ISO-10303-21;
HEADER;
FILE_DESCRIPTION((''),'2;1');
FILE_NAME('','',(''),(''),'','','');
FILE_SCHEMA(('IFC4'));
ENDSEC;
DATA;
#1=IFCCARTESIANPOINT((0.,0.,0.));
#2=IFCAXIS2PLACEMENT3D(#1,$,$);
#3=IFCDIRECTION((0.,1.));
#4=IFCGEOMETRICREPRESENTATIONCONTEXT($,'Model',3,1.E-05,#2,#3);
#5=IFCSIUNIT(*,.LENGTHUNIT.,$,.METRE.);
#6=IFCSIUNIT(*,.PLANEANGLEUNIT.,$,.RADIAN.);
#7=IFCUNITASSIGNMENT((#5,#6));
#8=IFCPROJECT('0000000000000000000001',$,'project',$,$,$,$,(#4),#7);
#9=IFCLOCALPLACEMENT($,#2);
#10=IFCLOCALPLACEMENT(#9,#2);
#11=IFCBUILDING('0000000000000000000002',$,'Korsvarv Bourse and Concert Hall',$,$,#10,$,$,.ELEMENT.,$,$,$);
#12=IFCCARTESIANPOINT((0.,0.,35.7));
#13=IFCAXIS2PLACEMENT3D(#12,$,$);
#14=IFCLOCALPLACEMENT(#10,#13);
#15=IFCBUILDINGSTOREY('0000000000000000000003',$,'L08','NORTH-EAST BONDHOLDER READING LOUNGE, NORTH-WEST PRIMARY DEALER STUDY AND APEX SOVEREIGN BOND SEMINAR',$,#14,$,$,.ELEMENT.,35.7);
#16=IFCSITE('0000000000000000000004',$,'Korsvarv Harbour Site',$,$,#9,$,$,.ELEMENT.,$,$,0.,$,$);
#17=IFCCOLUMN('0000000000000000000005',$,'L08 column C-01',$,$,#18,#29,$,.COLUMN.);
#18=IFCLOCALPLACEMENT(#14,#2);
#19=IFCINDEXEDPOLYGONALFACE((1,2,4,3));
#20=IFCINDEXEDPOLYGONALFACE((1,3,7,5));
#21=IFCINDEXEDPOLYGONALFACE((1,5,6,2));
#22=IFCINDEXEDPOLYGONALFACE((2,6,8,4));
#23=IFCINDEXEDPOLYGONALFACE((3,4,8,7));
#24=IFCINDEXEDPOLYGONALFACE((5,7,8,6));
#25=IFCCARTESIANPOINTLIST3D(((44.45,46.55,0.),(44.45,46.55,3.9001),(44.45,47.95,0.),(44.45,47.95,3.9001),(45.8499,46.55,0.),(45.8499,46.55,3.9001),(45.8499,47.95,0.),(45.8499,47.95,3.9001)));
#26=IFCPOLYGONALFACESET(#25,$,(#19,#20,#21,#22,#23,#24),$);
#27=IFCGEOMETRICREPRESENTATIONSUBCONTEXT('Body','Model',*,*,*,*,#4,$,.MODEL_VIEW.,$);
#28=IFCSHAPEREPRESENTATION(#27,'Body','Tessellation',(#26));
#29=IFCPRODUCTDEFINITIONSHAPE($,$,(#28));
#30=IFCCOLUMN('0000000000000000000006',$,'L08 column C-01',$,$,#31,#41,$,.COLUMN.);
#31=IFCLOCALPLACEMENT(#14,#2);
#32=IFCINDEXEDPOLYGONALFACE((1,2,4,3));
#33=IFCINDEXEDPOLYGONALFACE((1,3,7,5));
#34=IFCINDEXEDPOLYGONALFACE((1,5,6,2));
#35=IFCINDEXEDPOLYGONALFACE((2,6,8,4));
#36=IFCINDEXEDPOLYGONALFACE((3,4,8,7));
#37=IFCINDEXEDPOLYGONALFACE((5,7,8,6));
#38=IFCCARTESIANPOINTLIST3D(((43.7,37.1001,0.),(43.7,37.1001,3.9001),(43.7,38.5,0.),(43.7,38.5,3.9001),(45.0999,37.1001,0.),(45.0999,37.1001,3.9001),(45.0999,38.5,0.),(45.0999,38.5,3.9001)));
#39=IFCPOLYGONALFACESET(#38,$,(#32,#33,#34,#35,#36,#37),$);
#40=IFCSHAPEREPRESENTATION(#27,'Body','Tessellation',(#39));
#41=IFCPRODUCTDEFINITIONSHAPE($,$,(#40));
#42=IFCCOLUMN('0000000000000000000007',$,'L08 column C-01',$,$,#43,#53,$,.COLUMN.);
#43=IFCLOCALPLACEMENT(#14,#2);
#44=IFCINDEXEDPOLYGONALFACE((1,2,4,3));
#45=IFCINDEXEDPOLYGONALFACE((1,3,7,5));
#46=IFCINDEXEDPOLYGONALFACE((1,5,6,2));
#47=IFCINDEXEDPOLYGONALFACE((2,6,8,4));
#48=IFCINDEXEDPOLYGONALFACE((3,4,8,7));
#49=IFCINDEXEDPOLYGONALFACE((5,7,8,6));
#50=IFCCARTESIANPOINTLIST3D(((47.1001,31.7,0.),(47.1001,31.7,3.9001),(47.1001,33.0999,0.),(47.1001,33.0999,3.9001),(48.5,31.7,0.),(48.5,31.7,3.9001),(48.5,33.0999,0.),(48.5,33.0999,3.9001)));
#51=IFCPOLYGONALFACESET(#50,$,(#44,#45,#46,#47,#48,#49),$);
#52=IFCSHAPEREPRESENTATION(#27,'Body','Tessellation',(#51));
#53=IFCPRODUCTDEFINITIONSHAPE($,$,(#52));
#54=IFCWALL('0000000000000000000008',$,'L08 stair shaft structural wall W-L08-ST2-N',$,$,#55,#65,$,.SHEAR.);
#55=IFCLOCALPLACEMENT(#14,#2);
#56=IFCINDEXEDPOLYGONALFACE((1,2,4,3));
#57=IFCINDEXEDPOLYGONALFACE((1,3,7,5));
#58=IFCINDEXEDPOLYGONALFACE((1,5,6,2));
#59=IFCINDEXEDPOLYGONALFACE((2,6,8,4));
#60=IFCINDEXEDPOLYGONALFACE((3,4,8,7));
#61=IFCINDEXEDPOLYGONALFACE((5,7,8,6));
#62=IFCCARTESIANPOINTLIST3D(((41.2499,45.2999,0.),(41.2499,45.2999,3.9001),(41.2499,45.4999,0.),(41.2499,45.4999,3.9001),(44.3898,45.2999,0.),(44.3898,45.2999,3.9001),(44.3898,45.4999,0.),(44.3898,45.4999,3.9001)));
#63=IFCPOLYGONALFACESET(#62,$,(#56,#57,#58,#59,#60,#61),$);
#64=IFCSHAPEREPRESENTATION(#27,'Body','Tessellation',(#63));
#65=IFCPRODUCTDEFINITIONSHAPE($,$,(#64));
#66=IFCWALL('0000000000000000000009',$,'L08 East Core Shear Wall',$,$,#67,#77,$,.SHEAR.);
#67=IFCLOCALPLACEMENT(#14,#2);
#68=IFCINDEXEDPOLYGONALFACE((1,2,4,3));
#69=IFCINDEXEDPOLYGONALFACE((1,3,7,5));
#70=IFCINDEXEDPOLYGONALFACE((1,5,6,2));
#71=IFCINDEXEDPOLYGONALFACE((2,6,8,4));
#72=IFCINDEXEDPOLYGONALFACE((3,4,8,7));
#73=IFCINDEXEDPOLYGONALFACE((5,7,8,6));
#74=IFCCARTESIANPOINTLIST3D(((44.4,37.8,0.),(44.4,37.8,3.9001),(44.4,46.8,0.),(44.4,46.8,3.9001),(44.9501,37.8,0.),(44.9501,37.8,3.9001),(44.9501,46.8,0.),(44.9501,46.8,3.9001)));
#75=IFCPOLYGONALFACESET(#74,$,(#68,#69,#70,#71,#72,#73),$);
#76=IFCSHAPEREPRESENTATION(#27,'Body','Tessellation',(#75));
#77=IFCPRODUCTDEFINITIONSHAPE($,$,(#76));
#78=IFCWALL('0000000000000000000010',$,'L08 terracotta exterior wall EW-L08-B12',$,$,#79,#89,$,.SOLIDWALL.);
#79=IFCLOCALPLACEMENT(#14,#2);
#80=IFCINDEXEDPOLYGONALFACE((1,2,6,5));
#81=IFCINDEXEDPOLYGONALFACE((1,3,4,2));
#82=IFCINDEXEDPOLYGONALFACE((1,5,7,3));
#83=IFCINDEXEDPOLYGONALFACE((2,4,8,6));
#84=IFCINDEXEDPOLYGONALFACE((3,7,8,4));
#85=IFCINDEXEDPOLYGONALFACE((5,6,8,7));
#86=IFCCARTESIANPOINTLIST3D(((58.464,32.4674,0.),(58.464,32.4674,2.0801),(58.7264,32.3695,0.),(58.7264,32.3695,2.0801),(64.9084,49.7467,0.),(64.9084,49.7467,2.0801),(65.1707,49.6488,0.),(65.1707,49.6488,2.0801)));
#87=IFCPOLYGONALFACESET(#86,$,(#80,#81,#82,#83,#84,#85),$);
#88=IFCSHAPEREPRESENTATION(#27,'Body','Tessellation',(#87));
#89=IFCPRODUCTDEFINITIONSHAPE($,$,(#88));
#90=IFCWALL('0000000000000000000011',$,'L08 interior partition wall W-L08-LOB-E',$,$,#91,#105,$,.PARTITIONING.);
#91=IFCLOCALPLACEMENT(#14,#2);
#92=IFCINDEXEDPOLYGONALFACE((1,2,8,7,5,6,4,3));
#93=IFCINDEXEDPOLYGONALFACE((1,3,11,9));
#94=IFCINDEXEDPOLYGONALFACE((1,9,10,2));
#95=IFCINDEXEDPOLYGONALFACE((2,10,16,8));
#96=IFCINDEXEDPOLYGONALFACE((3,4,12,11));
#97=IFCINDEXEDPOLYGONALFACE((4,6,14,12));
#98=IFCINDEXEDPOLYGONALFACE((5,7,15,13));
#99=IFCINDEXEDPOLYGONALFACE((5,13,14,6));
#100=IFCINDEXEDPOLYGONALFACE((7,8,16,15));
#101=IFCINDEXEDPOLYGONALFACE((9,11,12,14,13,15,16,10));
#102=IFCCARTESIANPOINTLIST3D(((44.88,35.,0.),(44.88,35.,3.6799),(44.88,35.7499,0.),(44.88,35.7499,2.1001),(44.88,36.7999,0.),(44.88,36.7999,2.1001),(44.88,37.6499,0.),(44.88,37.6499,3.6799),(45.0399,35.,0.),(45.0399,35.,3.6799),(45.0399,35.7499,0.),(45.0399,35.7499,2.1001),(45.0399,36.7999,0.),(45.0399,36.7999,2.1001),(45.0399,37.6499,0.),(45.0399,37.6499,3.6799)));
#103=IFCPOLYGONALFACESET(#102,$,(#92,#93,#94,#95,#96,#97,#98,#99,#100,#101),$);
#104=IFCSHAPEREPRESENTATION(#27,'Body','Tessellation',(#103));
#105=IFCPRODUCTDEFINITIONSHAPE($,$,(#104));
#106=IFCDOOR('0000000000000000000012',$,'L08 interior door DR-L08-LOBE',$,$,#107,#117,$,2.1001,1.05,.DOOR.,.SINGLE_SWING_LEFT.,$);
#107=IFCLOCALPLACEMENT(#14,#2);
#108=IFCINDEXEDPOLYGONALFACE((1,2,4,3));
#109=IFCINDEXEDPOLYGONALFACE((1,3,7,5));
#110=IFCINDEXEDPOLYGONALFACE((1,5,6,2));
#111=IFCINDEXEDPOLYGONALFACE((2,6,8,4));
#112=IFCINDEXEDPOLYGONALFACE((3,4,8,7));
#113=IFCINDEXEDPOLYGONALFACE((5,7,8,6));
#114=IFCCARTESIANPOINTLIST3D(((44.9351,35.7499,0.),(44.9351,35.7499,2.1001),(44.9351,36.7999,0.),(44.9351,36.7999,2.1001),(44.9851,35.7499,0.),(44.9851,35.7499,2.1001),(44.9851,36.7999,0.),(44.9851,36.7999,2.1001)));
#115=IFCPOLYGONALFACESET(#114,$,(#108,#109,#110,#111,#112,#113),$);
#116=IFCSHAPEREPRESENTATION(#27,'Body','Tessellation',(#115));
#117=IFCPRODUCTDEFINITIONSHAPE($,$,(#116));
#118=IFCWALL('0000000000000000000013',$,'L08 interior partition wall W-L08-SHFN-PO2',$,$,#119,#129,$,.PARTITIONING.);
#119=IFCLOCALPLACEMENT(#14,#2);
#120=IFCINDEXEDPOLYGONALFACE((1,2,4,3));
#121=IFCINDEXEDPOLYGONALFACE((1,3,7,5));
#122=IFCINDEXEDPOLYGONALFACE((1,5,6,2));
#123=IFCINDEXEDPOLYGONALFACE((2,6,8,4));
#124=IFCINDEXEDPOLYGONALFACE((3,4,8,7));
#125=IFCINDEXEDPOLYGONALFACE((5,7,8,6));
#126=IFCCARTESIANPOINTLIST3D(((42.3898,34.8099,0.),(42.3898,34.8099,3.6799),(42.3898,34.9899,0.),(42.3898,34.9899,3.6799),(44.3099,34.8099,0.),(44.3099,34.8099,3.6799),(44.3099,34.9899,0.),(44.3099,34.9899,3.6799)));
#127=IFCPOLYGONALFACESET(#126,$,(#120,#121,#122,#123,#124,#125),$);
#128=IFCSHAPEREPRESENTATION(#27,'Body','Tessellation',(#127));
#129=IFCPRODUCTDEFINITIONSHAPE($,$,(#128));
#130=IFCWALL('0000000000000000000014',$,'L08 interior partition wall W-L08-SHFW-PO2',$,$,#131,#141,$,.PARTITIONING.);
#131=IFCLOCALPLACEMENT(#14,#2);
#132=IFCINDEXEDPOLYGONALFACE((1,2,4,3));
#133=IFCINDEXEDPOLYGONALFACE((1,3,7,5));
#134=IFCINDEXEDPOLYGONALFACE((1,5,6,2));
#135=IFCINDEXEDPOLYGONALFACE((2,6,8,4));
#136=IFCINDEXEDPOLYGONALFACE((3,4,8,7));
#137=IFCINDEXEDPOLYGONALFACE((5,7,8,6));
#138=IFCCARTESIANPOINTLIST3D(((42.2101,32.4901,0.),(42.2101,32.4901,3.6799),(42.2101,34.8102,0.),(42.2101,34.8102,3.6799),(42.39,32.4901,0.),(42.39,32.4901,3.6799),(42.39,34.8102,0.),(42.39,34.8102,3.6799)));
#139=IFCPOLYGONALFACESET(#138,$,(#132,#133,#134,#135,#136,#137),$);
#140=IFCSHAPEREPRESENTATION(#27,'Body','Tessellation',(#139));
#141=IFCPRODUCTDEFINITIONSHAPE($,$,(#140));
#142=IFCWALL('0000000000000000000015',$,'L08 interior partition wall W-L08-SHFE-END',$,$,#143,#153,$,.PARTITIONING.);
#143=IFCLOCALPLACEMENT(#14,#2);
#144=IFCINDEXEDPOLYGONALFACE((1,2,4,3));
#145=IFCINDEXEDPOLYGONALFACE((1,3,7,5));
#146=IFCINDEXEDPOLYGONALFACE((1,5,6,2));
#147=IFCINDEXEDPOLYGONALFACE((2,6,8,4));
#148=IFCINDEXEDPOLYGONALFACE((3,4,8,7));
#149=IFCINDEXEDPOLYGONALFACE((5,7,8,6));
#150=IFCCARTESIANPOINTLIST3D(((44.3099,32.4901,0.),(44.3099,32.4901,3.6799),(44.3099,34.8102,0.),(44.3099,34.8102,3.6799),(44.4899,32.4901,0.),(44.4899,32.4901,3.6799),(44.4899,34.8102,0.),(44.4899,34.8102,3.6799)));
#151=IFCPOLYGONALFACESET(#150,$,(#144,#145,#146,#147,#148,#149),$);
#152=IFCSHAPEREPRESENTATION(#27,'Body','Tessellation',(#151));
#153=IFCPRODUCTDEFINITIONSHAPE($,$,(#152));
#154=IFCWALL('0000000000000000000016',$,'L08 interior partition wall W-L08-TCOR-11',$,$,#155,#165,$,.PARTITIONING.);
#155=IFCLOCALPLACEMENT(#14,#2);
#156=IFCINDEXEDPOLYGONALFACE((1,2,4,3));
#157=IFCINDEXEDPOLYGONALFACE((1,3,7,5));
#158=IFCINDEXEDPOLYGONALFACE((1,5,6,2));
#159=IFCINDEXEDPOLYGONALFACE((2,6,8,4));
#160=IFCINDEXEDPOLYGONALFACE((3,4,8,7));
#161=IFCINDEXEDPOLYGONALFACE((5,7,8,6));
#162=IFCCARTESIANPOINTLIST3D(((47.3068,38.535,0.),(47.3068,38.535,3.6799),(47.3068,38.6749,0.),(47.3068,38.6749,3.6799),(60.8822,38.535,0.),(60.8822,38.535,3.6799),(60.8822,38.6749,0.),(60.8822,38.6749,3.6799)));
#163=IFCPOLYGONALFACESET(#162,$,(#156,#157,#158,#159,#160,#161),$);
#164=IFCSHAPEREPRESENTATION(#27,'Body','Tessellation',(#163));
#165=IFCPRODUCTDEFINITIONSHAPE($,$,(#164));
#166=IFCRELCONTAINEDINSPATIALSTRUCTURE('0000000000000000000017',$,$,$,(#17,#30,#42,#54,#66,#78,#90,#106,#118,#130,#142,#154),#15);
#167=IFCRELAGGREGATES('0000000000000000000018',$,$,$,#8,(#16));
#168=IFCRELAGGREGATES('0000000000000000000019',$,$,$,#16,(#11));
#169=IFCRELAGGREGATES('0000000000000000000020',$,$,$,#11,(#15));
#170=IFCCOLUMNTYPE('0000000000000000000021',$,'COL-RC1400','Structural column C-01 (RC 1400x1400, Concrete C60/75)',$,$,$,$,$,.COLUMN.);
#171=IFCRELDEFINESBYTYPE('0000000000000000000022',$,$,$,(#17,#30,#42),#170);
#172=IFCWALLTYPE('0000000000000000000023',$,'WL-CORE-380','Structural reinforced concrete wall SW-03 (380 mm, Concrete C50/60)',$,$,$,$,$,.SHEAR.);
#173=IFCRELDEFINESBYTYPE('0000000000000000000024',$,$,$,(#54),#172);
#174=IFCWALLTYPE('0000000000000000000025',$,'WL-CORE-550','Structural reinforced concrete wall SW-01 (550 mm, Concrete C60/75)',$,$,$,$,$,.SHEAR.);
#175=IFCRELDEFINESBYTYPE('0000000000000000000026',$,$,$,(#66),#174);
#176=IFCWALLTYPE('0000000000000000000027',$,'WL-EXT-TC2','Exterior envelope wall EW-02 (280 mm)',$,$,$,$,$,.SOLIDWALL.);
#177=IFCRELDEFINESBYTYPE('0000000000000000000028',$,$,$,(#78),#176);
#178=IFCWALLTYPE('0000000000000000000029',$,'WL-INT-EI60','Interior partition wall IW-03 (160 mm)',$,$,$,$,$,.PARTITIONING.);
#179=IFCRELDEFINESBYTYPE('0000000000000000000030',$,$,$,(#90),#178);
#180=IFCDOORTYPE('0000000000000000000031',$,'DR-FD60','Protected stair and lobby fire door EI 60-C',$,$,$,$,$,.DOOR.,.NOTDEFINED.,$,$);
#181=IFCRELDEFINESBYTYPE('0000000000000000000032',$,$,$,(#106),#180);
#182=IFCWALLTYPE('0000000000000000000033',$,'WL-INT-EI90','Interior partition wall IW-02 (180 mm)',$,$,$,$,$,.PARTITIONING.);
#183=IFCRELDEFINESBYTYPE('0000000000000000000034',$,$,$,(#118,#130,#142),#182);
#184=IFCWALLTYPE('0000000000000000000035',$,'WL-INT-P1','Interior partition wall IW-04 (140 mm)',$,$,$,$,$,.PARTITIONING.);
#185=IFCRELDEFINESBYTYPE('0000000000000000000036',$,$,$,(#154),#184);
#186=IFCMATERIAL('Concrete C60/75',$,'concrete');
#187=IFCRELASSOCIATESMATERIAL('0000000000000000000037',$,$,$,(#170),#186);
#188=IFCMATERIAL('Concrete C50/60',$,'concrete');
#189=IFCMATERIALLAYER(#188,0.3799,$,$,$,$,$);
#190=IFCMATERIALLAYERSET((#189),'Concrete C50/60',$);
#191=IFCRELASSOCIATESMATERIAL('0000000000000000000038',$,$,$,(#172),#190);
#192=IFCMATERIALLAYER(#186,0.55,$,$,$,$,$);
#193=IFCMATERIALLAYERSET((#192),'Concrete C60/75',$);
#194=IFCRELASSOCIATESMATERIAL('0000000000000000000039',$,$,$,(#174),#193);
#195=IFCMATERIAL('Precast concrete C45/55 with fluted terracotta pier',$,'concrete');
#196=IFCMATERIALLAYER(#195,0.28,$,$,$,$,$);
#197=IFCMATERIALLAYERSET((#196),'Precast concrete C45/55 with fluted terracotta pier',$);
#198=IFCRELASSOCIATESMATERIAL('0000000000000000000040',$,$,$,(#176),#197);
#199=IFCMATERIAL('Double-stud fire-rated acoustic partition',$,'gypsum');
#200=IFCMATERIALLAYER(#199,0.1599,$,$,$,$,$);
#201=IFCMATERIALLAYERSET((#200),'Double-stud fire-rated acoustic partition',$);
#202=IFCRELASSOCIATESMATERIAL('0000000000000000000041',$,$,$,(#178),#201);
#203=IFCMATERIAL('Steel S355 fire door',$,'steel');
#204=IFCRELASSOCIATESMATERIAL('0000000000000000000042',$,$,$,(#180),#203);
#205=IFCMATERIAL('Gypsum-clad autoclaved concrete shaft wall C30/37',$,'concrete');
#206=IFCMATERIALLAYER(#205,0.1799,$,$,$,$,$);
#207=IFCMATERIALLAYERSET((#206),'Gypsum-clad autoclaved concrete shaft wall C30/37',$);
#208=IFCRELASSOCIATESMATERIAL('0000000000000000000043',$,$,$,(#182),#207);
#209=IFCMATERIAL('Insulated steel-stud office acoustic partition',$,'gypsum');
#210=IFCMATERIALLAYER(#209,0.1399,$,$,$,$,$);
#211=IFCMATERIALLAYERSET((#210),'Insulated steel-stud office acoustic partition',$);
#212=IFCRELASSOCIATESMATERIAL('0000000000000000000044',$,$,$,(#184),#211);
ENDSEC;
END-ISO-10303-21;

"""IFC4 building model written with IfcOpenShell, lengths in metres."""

from ifc_helpers import new_model, si_unit, direction, frame, frame_2d, origin, origin_2d, place, context, subcontext, project, spatial, rectangle, extrude, source, transform, mapped, material, layer, layer_set, material_profile, profile_set, type_object, element, fill, save


model = new_model("IFC4")

# Units and contexts
model_context = context("Model", 3, precision=1e-05, world=origin(), true_north=direction((0.0, 1.0)))
body_context = subcontext(model_context, "Body", "Model", "MODEL_VIEW")
ifc_project = project(units=[si_unit("LENGTHUNIT", "METRE"), si_unit("PLANEANGLEUNIT", "RADIAN")], contexts=[model_context])

# Site, building, storey
site_placement = place(None, origin())
site = spatial("IfcSite", under=ifc_project, at=site_placement, Name="Korsvarv Harbour Site", CompositionType="ELEMENT", RefElevation=0.0)
building_placement = place(site_placement, origin())
building = spatial("IfcBuilding", under=site, at=building_placement, Name="Korsvarv Bourse and Concert Hall", CompositionType="ELEMENT")
storey_placement = place(building_placement, frame((0.0, 0.0, 35.7)))
storey = spatial("IfcBuildingStorey", under=building, at=storey_placement, Name="L08", Description="NORTH-EAST BONDHOLDER READING LOUNGE, NORTH-WEST PRIMARY DEALER STUDY AND APEX SOVEREIGN BOND SEMINAR", CompositionType="ELEMENT", Elevation=35.7)

# Columns
ifc_material_1 = material(Name="Concrete C60/75", Category="concrete")
ifc_material_profile = material_profile(ifc_material_1, rectangle(XDim=1.3999, YDim=1.3999, at=origin_2d()), Name="RC 1400x1400")
ifc_profile_set = profile_set([ifc_material_profile], Name="Concrete C60/75")
column_type = type_object("IfcColumnType", Name="COL-RC1400", Description="Structural column C-01 (RC 1400x1400, Concrete C60/75)", PredefinedType="COLUMN", material=ifc_profile_set)
shared_shape = source(origin(), body_context, "Body", "SweptSolid", [
    extrude(rectangle(XDim=1.3999, YDim=1.3999, at=origin_2d()), origin(), (0.0, 0.0, 1.0), 3.9001),
])
for number, where, z_axis, x_axis, name in (
    (1, (45.1499, 47.25, 0.0), (0.0, 0.0, 1.0), (1.0, 0.0, 0.0), "L08 column C-01"),
    (2, (44.3999, 37.8, 0.0), (0.0, 0.0, 1.0), (1.0, 0.0, 0.0), "L08 column C-01"),
    (3, (47.8, 32.3999, 0.0), (0.0, 0.0, 1.0), (1.0, 0.0, 0.0), "L08 column C-01"),
):
    element("IfcColumn", number, at=place(storey_placement, frame(where, z_axis=z_axis, x_axis=x_axis)), inside=storey, type_object=column_type, Name=name, PredefinedType="COLUMN", context=body_context, shape_type="MappedRepresentation", body=[
        mapped(shared_shape, transform((0.0, 0.0, 0.0), scale=1.0)),
    ])

# Walls
ifc_material_2 = material(Name="Concrete C50/60", Category="concrete")
ifc_layer_1 = layer(ifc_material_2, 0.3799)
ifc_layer_set_1 = layer_set([ifc_layer_1], Name="Concrete C50/60")
wall_type_1 = type_object("IfcWallType", Name="WL-CORE-380", Description="Structural reinforced concrete wall SW-03 (380 mm, Concrete C50/60)", PredefinedType="SHEAR", material=ifc_layer_set_1)
wall_1_placement = place(storey_placement, frame((41.25, 45.3999, 0.0), z_axis=(0.0, 0.0, 1.0), x_axis=(1.0, 0.0, 0.0)))
element("IfcWall", 4, at=wall_1_placement, inside=storey, type_object=wall_type_1, Name="L08 stair shaft structural wall W-L08-ST2-N", PredefinedType="SHEAR", context=body_context, shape_type="SweptSolid", body=[
    extrude(rectangle(XDim=3.1399, YDim=0.2, at=frame_2d((1.5698, 0.0))), origin(), (0.0, 0.0, 1.0), 3.9001),
])
ifc_layer_2 = layer(ifc_material_1, 0.55)
ifc_layer_set_2 = layer_set([ifc_layer_2], Name="Concrete C60/75")
wall_type_2 = type_object("IfcWallType", Name="WL-CORE-550", Description="Structural reinforced concrete wall SW-01 (550 mm, Concrete C60/75)", PredefinedType="SHEAR", material=ifc_layer_set_2)
wall_2_placement = place(storey_placement, frame((44.675, 37.8, 0.0), z_axis=(0.0, 0.0, 1.0), x_axis=(0.0, 1.0, 0.0)))
element("IfcWall", 5, at=wall_2_placement, inside=storey, type_object=wall_type_2, Name="L08 East Core Shear Wall", PredefinedType="SHEAR", context=body_context, shape_type="SweptSolid", body=[
    extrude(rectangle(XDim=9.0, YDim=0.55, at=frame_2d((4.5, 0.0))), origin(), (0.0, 0.0, 1.0), 3.9001),
])
ifc_material_3 = material(Name="Precast concrete C45/55 with fluted terracotta pier", Category="concrete")
ifc_layer_3 = layer(ifc_material_3, 0.28)
ifc_layer_set_3 = layer_set([ifc_layer_3], Name="Precast concrete C45/55 with fluted terracotta pier")
wall_type_3 = type_object("IfcWallType", Name="WL-EXT-TC2", Description="Exterior envelope wall EW-02 (280 mm)", PredefinedType="SOLIDWALL", material=ifc_layer_set_3)
wall_3_placement = place(storey_placement, frame((58.5952, 32.4185, 0.0), z_axis=(0.0, 0.0, 1.0), x_axis=(0.34944, 0.936959, 0.0)))
element("IfcWall", 6, at=wall_3_placement, inside=storey, type_object=wall_type_3, Name="L08 terracotta exterior wall EW-L08-B12", PredefinedType="SOLIDWALL", context=body_context, shape_type="SweptSolid", body=[
    extrude(rectangle(XDim=18.4419, YDim=0.28, at=frame_2d((9.2209, 0.0))), origin(), (0.0, 0.0, 1.0), 2.0801),
])

# Wall, opening, door
ifc_material_4 = material(Name="Double-stud fire-rated acoustic partition", Category="gypsum")
ifc_layer_4 = layer(ifc_material_4, 0.1599)
ifc_layer_set_4 = layer_set([ifc_layer_4], Name="Double-stud fire-rated acoustic partition")
wall_type_4 = type_object("IfcWallType", Name="WL-INT-EI60", Description="Interior partition wall IW-03 (160 mm)", PredefinedType="PARTITIONING", material=ifc_layer_set_4)
wall_4_placement = place(storey_placement, frame((44.96, 35.0, 0.0), z_axis=(0.0, 0.0, 1.0), x_axis=(0.0, 1.0, 0.0)))
wall_4 = element("IfcWall", 7, at=wall_4_placement, inside=storey, type_object=wall_type_4, Name="L08 interior partition wall W-L08-LOB-E", PredefinedType="PARTITIONING", context=body_context, shape_type="SweptSolid", body=[
    extrude(rectangle(XDim=2.6499, YDim=0.1599, at=frame_2d((1.325, 0.0))), origin(), (0.0, 0.0, 1.0), 3.6799),
])
opening_placement = place(wall_4_placement, frame((0.75, 0.0, 0.0)))
opening = element("IfcOpeningElement", 8, at=opening_placement, cuts=wall_4, PredefinedType="OPENING", context=body_context, shape_type="SweptSolid", body=[
    extrude(rectangle(XDim=1.05, YDim=2.1001, at=frame_2d((0.5249, 1.05))), frame((0.0, 0.0898, 0.0), z_axis=(0.0, -1.0, 0.0), x_axis=(1.0, 0.0, 0.0)), (0.0, 0.0, 1.0), 0.1799),
])
ifc_material_5 = material(Name="Steel S355 fire door", Category="steel")
door_type = type_object("IfcDoorType", Name="DR-FD60", Description="Protected stair and lobby fire door EI 60-C", OperationType="NOTDEFINED", PredefinedType="DOOR", material=ifc_material_5)
door_placement = place(opening_placement, origin())
door = element("IfcDoor", 9, at=door_placement, inside=storey, type_object=door_type, Name="L08 interior door DR-L08-LOBE", OperationType="SINGLE_SWING_LEFT", OverallHeight=2.1001, OverallWidth=1.05, PredefinedType="DOOR", context=body_context, shape_type="SweptSolid", body=[
    extrude(rectangle(XDim=1.05, YDim=2.1001, at=frame_2d((0.5249, 1.05))), frame((0.0, 0.0249, 0.0), z_axis=(0.0, -1.0, 0.0), x_axis=(1.0, 0.0, 0.0)), (0.0, 0.0, 1.0), 0.05),
])
fill(opening, door)

# Walls
ifc_material_6 = material(Name="Gypsum-clad autoclaved concrete shaft wall C30/37", Category="concrete")
ifc_layer_5 = layer(ifc_material_6, 0.1799)
ifc_layer_set_5 = layer_set([ifc_layer_5], Name="Gypsum-clad autoclaved concrete shaft wall C30/37")
wall_type_5 = type_object("IfcWallType", Name="WL-INT-EI90", Description="Interior partition wall IW-02 (180 mm)", PredefinedType="PARTITIONING", material=ifc_layer_set_5)
wall_5_placement = place(storey_placement, frame((42.3899, 34.8999, 0.0), z_axis=(0.0, 0.0, 1.0), x_axis=(1.0, 0.0, 0.0)))
element("IfcWall", 10, at=wall_5_placement, inside=storey, type_object=wall_type_5, Name="L08 interior partition wall W-L08-SHFN-PO2", PredefinedType="PARTITIONING", context=body_context, shape_type="SweptSolid", body=[
    extrude(rectangle(XDim=1.9202, YDim=0.1799, at=frame_2d((0.96, 0.0))), origin(), (0.0, 0.0, 1.0), 3.6799),
])
for number, where, z_axis, x_axis, name in (
    (11, (42.3, 32.49, 0.0), (0.0, 0.0, 1.0), (0.0, 1.0, 0.0), "L08 interior partition wall W-L08-SHFW-PO2"),
    (12, (44.3999, 32.49, 0.0), (0.0, 0.0, 1.0), (0.0, 1.0, 0.0), "L08 interior partition wall W-L08-SHFE-END"),
):
    element("IfcWall", number, at=place(storey_placement, frame(where, z_axis=z_axis, x_axis=x_axis)), inside=storey, type_object=wall_type_5, Name=name, PredefinedType="PARTITIONING", context=body_context, shape_type="SweptSolid", body=[
        extrude(rectangle(XDim=2.3201, YDim=0.1799, at=frame_2d((1.1602, 0.0))), origin(), (0.0, 0.0, 1.0), 3.6799),
    ])
ifc_material_7 = material(Name="Insulated steel-stud office acoustic partition", Category="gypsum")
ifc_layer_6 = layer(ifc_material_7, 0.1399)
ifc_layer_set_6 = layer_set([ifc_layer_6], Name="Insulated steel-stud office acoustic partition")
wall_type_6 = type_object("IfcWallType", Name="WL-INT-P1", Description="Interior partition wall IW-04 (140 mm)", PredefinedType="PARTITIONING", material=ifc_layer_set_6)
wall_6_placement = place(storey_placement, frame((47.3069, 38.605, 0.0), z_axis=(0.0, 0.0, 1.0), x_axis=(1.0, 0.0, 0.0)))
element("IfcWall", 13, at=wall_6_placement, inside=storey, type_object=wall_type_6, Name="L08 interior partition wall W-L08-TCOR-11", PredefinedType="PARTITIONING", context=body_context, shape_type="SweptSolid", body=[
    extrude(rectangle(XDim=13.5754, YDim=0.1399, at=frame_2d((6.7876, 0.0))), origin(), (0.0, 0.0, 1.0), 3.6799),
])

save(model, "model.ifc")
